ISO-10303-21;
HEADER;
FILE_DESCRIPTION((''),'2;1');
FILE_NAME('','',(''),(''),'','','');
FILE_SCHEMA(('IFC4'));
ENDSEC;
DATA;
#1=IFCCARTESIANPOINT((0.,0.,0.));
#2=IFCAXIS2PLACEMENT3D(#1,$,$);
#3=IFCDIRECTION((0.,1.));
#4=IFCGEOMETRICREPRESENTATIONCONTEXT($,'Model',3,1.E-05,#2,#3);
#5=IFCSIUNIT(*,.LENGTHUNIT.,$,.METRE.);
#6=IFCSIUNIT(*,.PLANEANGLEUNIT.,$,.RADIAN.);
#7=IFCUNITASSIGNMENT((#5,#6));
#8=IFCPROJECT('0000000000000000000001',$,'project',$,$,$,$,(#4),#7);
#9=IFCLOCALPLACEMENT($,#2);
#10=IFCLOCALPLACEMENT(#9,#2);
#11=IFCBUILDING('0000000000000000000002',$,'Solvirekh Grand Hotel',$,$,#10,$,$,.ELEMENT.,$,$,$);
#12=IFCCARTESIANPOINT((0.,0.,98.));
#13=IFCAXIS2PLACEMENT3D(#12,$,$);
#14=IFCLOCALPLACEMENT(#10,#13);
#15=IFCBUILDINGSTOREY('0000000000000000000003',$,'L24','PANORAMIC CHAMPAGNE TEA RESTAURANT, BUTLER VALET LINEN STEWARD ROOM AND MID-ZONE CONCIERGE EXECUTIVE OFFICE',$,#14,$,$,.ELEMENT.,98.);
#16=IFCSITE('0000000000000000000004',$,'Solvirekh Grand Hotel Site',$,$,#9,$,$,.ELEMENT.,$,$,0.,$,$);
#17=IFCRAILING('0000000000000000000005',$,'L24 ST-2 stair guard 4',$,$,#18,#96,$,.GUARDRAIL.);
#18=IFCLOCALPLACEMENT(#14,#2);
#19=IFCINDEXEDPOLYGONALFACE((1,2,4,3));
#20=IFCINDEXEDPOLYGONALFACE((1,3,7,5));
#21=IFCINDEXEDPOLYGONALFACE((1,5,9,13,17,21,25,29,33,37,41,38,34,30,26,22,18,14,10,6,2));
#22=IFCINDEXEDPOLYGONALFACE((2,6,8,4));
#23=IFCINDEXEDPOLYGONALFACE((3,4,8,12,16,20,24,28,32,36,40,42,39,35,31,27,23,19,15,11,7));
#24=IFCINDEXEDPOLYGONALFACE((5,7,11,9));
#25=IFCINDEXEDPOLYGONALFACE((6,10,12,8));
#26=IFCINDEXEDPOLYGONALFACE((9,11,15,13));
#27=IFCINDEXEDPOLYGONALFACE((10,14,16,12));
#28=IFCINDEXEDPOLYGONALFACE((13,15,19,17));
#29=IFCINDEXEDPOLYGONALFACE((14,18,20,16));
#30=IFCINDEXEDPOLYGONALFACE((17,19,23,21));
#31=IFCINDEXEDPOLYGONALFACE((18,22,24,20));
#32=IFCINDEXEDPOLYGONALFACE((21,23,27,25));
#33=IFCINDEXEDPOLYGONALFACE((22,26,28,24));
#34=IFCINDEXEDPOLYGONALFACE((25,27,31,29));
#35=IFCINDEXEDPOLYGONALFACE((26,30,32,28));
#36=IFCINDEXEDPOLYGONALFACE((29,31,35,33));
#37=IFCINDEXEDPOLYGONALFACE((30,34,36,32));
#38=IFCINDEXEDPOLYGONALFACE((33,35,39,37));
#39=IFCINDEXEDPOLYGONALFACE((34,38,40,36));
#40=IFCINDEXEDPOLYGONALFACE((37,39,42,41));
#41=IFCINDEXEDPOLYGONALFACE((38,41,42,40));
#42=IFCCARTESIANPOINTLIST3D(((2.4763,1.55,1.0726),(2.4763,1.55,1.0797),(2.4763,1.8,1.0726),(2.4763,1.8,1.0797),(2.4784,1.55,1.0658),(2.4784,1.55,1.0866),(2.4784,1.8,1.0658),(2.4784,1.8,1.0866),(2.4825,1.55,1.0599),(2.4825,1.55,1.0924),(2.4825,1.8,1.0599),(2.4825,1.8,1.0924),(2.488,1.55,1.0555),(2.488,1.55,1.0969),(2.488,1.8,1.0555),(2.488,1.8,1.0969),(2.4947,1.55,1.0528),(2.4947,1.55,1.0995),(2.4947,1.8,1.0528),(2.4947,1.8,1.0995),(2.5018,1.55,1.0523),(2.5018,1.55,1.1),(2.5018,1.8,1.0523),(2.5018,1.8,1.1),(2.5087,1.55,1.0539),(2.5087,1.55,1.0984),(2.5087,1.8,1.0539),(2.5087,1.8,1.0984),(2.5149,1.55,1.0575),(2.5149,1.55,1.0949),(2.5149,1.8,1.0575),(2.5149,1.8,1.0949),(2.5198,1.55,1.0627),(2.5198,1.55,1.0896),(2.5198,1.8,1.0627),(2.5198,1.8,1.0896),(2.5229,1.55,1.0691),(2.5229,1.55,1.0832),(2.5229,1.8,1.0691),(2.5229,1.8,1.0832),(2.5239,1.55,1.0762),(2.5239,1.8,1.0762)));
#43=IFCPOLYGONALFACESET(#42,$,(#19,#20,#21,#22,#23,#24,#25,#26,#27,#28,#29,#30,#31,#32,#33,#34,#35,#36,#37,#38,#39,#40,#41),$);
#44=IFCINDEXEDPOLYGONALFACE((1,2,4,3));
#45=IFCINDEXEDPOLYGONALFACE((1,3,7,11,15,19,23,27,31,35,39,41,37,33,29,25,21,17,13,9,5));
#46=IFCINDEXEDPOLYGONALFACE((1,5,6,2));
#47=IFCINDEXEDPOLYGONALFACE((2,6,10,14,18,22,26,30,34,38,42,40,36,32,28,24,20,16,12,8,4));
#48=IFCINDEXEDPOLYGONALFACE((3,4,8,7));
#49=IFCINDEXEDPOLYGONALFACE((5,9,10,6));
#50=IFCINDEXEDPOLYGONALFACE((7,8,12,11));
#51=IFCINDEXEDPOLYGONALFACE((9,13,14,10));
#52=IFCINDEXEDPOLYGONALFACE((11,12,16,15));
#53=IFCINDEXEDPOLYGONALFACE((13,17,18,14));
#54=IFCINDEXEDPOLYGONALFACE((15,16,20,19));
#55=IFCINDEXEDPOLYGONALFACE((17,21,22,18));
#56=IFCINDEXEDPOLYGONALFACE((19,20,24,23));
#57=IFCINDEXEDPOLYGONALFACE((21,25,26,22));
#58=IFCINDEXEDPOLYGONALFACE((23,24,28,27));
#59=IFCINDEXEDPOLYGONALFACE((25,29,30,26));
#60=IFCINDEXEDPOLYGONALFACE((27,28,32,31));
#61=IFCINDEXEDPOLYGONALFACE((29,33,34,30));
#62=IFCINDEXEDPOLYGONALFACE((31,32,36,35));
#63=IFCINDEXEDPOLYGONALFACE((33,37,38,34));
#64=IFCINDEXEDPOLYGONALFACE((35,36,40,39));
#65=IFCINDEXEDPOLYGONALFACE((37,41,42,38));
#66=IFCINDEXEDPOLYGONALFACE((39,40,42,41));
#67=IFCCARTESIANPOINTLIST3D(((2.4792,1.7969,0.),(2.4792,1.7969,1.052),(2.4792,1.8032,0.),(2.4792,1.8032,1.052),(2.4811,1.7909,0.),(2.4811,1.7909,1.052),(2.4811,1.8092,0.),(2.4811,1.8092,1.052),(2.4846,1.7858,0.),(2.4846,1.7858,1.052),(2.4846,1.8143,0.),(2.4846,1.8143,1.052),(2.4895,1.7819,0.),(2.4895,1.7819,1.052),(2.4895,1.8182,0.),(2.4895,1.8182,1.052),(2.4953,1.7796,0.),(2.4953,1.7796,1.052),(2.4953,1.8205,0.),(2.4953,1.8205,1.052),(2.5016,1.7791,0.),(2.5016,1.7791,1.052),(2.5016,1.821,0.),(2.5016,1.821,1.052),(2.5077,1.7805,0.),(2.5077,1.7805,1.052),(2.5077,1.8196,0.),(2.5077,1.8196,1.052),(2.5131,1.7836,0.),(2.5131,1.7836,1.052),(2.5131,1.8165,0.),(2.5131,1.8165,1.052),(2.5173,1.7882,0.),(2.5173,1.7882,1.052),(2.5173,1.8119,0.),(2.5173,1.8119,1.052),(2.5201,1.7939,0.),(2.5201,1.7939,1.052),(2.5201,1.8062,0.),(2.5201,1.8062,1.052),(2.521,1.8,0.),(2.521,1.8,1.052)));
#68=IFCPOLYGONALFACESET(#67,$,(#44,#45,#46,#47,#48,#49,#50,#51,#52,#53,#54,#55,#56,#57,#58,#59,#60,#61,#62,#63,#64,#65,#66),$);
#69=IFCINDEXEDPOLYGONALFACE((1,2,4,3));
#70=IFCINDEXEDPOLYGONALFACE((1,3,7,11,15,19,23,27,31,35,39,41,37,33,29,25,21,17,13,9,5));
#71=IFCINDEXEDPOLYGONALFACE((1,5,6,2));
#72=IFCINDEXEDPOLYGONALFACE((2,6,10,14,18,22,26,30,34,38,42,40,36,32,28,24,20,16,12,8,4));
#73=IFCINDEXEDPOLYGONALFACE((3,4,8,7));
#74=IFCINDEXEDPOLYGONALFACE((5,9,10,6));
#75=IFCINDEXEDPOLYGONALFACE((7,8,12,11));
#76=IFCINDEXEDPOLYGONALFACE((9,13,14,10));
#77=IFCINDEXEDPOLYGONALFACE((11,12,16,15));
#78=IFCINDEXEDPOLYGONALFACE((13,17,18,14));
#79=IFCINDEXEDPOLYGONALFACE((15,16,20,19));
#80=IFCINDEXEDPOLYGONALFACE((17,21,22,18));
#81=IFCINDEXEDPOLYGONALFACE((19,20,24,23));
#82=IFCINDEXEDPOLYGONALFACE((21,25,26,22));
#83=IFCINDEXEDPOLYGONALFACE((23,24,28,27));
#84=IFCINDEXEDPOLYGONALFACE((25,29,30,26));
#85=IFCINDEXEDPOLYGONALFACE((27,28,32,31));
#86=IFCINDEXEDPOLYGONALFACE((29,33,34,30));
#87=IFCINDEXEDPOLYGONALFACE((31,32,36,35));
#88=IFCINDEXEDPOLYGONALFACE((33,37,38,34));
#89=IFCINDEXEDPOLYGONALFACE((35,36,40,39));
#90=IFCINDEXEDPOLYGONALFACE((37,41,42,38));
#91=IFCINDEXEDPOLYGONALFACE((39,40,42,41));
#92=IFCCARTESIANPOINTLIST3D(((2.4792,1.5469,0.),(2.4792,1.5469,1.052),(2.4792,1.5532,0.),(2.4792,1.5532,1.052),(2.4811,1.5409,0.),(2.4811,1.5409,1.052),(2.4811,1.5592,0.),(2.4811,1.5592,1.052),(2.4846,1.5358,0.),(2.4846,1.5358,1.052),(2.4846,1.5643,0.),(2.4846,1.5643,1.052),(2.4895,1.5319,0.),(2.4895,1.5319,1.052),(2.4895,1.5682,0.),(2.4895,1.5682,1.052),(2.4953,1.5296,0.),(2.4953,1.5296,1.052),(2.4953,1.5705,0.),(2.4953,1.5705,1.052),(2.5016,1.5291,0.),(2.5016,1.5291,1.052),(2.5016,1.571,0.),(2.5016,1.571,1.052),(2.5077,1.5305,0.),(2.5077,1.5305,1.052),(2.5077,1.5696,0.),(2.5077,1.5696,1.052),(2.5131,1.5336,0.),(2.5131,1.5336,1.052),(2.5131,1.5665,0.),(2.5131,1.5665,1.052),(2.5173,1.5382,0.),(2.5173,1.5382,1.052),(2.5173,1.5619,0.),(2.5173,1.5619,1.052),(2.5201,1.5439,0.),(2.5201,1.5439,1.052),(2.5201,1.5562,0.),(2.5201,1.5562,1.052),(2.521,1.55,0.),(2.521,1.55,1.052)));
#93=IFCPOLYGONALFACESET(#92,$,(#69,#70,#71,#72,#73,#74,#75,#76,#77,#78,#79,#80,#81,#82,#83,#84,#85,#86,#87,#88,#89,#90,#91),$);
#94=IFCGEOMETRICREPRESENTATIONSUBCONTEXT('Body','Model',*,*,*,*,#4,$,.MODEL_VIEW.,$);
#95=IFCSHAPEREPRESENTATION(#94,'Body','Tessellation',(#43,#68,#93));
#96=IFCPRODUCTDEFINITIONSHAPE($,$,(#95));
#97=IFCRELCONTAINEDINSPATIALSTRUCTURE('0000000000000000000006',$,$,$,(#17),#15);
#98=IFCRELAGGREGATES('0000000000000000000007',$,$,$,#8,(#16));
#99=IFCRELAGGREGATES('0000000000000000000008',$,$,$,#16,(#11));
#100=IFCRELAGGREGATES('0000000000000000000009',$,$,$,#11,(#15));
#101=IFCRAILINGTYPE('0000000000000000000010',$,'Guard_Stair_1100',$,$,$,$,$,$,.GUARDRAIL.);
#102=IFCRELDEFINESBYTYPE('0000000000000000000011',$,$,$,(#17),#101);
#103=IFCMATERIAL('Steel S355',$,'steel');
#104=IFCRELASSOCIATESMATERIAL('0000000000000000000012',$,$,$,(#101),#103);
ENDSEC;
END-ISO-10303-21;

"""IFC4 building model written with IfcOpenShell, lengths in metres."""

from ifc_helpers import new_model, si_unit, direction, frame, origin, origin_2d, place, context, subcontext, project, spatial, circle, extrude, material, type_object, element, save


model = new_model("IFC4")

# Units and contexts
model_context = context("Model", 3, precision=1e-05, world=origin(), true_north=direction((0.0, 1.0)))
body_context = subcontext(model_context, "Body", "Model", "MODEL_VIEW")
ifc_project = project(units=[si_unit("LENGTHUNIT", "METRE"), si_unit("PLANEANGLEUNIT", "RADIAN")], contexts=[model_context])

# Site, building, storey
site_placement = place(None, origin())
site = spatial("IfcSite", under=ifc_project, at=site_placement, Name="Solvirekh Grand Hotel Site", CompositionType="ELEMENT", RefElevation=0.0)
building_placement = place(site_placement, origin())
building = spatial("IfcBuilding", under=site, at=building_placement, Name="Solvirekh Grand Hotel", CompositionType="ELEMENT")
storey_placement = place(building_placement, frame((0.0, 0.0, 98.0)))
storey = spatial("IfcBuildingStorey", under=building, at=storey_placement, Name="L24", Description="PANORAMIC CHAMPAGNE TEA RESTAURANT, BUTLER VALET LINEN STEWARD ROOM AND MID-ZONE CONCIERGE EXECUTIVE OFFICE", CompositionType="ELEMENT", Elevation=98.0)

# Railing
ifc_material_1 = material(Name="Steel S355", Category="steel")
railing_type_1 = type_object("IfcRailingType", Name="Guard_Stair_1100", PredefinedType="GUARDRAIL", material=ifc_material_1)
railing_1_placement = place(storey_placement, frame((2.5, 1.8, 0.0)))
element("IfcRailing", 1, at=railing_1_placement, inside=storey, type_object=railing_type_1, Name="L24 ST-2 stair guard 4", PredefinedType="GUARDRAIL", context=body_context, shape_type="SweptSolid", body=[
    extrude(circle(Radius=0.0239, at=origin_2d()), frame((0.0, 0.0, 1.0762), z_axis=(0.0, -1.0, 0.0), x_axis=(1.0, 0.0, 0.0)), (0.0, 0.0, 1.0), 0.25),
    extrude(circle(Radius=0.021, at=origin_2d()), origin(), (0.0, 0.0, 1.0), 1.052),
    extrude(circle(Radius=0.021, at=origin_2d()), frame((0.0, -0.25, 0.0)), (0.0, 0.0, 1.0), 1.052),
])

save(model, "model.ifc")
